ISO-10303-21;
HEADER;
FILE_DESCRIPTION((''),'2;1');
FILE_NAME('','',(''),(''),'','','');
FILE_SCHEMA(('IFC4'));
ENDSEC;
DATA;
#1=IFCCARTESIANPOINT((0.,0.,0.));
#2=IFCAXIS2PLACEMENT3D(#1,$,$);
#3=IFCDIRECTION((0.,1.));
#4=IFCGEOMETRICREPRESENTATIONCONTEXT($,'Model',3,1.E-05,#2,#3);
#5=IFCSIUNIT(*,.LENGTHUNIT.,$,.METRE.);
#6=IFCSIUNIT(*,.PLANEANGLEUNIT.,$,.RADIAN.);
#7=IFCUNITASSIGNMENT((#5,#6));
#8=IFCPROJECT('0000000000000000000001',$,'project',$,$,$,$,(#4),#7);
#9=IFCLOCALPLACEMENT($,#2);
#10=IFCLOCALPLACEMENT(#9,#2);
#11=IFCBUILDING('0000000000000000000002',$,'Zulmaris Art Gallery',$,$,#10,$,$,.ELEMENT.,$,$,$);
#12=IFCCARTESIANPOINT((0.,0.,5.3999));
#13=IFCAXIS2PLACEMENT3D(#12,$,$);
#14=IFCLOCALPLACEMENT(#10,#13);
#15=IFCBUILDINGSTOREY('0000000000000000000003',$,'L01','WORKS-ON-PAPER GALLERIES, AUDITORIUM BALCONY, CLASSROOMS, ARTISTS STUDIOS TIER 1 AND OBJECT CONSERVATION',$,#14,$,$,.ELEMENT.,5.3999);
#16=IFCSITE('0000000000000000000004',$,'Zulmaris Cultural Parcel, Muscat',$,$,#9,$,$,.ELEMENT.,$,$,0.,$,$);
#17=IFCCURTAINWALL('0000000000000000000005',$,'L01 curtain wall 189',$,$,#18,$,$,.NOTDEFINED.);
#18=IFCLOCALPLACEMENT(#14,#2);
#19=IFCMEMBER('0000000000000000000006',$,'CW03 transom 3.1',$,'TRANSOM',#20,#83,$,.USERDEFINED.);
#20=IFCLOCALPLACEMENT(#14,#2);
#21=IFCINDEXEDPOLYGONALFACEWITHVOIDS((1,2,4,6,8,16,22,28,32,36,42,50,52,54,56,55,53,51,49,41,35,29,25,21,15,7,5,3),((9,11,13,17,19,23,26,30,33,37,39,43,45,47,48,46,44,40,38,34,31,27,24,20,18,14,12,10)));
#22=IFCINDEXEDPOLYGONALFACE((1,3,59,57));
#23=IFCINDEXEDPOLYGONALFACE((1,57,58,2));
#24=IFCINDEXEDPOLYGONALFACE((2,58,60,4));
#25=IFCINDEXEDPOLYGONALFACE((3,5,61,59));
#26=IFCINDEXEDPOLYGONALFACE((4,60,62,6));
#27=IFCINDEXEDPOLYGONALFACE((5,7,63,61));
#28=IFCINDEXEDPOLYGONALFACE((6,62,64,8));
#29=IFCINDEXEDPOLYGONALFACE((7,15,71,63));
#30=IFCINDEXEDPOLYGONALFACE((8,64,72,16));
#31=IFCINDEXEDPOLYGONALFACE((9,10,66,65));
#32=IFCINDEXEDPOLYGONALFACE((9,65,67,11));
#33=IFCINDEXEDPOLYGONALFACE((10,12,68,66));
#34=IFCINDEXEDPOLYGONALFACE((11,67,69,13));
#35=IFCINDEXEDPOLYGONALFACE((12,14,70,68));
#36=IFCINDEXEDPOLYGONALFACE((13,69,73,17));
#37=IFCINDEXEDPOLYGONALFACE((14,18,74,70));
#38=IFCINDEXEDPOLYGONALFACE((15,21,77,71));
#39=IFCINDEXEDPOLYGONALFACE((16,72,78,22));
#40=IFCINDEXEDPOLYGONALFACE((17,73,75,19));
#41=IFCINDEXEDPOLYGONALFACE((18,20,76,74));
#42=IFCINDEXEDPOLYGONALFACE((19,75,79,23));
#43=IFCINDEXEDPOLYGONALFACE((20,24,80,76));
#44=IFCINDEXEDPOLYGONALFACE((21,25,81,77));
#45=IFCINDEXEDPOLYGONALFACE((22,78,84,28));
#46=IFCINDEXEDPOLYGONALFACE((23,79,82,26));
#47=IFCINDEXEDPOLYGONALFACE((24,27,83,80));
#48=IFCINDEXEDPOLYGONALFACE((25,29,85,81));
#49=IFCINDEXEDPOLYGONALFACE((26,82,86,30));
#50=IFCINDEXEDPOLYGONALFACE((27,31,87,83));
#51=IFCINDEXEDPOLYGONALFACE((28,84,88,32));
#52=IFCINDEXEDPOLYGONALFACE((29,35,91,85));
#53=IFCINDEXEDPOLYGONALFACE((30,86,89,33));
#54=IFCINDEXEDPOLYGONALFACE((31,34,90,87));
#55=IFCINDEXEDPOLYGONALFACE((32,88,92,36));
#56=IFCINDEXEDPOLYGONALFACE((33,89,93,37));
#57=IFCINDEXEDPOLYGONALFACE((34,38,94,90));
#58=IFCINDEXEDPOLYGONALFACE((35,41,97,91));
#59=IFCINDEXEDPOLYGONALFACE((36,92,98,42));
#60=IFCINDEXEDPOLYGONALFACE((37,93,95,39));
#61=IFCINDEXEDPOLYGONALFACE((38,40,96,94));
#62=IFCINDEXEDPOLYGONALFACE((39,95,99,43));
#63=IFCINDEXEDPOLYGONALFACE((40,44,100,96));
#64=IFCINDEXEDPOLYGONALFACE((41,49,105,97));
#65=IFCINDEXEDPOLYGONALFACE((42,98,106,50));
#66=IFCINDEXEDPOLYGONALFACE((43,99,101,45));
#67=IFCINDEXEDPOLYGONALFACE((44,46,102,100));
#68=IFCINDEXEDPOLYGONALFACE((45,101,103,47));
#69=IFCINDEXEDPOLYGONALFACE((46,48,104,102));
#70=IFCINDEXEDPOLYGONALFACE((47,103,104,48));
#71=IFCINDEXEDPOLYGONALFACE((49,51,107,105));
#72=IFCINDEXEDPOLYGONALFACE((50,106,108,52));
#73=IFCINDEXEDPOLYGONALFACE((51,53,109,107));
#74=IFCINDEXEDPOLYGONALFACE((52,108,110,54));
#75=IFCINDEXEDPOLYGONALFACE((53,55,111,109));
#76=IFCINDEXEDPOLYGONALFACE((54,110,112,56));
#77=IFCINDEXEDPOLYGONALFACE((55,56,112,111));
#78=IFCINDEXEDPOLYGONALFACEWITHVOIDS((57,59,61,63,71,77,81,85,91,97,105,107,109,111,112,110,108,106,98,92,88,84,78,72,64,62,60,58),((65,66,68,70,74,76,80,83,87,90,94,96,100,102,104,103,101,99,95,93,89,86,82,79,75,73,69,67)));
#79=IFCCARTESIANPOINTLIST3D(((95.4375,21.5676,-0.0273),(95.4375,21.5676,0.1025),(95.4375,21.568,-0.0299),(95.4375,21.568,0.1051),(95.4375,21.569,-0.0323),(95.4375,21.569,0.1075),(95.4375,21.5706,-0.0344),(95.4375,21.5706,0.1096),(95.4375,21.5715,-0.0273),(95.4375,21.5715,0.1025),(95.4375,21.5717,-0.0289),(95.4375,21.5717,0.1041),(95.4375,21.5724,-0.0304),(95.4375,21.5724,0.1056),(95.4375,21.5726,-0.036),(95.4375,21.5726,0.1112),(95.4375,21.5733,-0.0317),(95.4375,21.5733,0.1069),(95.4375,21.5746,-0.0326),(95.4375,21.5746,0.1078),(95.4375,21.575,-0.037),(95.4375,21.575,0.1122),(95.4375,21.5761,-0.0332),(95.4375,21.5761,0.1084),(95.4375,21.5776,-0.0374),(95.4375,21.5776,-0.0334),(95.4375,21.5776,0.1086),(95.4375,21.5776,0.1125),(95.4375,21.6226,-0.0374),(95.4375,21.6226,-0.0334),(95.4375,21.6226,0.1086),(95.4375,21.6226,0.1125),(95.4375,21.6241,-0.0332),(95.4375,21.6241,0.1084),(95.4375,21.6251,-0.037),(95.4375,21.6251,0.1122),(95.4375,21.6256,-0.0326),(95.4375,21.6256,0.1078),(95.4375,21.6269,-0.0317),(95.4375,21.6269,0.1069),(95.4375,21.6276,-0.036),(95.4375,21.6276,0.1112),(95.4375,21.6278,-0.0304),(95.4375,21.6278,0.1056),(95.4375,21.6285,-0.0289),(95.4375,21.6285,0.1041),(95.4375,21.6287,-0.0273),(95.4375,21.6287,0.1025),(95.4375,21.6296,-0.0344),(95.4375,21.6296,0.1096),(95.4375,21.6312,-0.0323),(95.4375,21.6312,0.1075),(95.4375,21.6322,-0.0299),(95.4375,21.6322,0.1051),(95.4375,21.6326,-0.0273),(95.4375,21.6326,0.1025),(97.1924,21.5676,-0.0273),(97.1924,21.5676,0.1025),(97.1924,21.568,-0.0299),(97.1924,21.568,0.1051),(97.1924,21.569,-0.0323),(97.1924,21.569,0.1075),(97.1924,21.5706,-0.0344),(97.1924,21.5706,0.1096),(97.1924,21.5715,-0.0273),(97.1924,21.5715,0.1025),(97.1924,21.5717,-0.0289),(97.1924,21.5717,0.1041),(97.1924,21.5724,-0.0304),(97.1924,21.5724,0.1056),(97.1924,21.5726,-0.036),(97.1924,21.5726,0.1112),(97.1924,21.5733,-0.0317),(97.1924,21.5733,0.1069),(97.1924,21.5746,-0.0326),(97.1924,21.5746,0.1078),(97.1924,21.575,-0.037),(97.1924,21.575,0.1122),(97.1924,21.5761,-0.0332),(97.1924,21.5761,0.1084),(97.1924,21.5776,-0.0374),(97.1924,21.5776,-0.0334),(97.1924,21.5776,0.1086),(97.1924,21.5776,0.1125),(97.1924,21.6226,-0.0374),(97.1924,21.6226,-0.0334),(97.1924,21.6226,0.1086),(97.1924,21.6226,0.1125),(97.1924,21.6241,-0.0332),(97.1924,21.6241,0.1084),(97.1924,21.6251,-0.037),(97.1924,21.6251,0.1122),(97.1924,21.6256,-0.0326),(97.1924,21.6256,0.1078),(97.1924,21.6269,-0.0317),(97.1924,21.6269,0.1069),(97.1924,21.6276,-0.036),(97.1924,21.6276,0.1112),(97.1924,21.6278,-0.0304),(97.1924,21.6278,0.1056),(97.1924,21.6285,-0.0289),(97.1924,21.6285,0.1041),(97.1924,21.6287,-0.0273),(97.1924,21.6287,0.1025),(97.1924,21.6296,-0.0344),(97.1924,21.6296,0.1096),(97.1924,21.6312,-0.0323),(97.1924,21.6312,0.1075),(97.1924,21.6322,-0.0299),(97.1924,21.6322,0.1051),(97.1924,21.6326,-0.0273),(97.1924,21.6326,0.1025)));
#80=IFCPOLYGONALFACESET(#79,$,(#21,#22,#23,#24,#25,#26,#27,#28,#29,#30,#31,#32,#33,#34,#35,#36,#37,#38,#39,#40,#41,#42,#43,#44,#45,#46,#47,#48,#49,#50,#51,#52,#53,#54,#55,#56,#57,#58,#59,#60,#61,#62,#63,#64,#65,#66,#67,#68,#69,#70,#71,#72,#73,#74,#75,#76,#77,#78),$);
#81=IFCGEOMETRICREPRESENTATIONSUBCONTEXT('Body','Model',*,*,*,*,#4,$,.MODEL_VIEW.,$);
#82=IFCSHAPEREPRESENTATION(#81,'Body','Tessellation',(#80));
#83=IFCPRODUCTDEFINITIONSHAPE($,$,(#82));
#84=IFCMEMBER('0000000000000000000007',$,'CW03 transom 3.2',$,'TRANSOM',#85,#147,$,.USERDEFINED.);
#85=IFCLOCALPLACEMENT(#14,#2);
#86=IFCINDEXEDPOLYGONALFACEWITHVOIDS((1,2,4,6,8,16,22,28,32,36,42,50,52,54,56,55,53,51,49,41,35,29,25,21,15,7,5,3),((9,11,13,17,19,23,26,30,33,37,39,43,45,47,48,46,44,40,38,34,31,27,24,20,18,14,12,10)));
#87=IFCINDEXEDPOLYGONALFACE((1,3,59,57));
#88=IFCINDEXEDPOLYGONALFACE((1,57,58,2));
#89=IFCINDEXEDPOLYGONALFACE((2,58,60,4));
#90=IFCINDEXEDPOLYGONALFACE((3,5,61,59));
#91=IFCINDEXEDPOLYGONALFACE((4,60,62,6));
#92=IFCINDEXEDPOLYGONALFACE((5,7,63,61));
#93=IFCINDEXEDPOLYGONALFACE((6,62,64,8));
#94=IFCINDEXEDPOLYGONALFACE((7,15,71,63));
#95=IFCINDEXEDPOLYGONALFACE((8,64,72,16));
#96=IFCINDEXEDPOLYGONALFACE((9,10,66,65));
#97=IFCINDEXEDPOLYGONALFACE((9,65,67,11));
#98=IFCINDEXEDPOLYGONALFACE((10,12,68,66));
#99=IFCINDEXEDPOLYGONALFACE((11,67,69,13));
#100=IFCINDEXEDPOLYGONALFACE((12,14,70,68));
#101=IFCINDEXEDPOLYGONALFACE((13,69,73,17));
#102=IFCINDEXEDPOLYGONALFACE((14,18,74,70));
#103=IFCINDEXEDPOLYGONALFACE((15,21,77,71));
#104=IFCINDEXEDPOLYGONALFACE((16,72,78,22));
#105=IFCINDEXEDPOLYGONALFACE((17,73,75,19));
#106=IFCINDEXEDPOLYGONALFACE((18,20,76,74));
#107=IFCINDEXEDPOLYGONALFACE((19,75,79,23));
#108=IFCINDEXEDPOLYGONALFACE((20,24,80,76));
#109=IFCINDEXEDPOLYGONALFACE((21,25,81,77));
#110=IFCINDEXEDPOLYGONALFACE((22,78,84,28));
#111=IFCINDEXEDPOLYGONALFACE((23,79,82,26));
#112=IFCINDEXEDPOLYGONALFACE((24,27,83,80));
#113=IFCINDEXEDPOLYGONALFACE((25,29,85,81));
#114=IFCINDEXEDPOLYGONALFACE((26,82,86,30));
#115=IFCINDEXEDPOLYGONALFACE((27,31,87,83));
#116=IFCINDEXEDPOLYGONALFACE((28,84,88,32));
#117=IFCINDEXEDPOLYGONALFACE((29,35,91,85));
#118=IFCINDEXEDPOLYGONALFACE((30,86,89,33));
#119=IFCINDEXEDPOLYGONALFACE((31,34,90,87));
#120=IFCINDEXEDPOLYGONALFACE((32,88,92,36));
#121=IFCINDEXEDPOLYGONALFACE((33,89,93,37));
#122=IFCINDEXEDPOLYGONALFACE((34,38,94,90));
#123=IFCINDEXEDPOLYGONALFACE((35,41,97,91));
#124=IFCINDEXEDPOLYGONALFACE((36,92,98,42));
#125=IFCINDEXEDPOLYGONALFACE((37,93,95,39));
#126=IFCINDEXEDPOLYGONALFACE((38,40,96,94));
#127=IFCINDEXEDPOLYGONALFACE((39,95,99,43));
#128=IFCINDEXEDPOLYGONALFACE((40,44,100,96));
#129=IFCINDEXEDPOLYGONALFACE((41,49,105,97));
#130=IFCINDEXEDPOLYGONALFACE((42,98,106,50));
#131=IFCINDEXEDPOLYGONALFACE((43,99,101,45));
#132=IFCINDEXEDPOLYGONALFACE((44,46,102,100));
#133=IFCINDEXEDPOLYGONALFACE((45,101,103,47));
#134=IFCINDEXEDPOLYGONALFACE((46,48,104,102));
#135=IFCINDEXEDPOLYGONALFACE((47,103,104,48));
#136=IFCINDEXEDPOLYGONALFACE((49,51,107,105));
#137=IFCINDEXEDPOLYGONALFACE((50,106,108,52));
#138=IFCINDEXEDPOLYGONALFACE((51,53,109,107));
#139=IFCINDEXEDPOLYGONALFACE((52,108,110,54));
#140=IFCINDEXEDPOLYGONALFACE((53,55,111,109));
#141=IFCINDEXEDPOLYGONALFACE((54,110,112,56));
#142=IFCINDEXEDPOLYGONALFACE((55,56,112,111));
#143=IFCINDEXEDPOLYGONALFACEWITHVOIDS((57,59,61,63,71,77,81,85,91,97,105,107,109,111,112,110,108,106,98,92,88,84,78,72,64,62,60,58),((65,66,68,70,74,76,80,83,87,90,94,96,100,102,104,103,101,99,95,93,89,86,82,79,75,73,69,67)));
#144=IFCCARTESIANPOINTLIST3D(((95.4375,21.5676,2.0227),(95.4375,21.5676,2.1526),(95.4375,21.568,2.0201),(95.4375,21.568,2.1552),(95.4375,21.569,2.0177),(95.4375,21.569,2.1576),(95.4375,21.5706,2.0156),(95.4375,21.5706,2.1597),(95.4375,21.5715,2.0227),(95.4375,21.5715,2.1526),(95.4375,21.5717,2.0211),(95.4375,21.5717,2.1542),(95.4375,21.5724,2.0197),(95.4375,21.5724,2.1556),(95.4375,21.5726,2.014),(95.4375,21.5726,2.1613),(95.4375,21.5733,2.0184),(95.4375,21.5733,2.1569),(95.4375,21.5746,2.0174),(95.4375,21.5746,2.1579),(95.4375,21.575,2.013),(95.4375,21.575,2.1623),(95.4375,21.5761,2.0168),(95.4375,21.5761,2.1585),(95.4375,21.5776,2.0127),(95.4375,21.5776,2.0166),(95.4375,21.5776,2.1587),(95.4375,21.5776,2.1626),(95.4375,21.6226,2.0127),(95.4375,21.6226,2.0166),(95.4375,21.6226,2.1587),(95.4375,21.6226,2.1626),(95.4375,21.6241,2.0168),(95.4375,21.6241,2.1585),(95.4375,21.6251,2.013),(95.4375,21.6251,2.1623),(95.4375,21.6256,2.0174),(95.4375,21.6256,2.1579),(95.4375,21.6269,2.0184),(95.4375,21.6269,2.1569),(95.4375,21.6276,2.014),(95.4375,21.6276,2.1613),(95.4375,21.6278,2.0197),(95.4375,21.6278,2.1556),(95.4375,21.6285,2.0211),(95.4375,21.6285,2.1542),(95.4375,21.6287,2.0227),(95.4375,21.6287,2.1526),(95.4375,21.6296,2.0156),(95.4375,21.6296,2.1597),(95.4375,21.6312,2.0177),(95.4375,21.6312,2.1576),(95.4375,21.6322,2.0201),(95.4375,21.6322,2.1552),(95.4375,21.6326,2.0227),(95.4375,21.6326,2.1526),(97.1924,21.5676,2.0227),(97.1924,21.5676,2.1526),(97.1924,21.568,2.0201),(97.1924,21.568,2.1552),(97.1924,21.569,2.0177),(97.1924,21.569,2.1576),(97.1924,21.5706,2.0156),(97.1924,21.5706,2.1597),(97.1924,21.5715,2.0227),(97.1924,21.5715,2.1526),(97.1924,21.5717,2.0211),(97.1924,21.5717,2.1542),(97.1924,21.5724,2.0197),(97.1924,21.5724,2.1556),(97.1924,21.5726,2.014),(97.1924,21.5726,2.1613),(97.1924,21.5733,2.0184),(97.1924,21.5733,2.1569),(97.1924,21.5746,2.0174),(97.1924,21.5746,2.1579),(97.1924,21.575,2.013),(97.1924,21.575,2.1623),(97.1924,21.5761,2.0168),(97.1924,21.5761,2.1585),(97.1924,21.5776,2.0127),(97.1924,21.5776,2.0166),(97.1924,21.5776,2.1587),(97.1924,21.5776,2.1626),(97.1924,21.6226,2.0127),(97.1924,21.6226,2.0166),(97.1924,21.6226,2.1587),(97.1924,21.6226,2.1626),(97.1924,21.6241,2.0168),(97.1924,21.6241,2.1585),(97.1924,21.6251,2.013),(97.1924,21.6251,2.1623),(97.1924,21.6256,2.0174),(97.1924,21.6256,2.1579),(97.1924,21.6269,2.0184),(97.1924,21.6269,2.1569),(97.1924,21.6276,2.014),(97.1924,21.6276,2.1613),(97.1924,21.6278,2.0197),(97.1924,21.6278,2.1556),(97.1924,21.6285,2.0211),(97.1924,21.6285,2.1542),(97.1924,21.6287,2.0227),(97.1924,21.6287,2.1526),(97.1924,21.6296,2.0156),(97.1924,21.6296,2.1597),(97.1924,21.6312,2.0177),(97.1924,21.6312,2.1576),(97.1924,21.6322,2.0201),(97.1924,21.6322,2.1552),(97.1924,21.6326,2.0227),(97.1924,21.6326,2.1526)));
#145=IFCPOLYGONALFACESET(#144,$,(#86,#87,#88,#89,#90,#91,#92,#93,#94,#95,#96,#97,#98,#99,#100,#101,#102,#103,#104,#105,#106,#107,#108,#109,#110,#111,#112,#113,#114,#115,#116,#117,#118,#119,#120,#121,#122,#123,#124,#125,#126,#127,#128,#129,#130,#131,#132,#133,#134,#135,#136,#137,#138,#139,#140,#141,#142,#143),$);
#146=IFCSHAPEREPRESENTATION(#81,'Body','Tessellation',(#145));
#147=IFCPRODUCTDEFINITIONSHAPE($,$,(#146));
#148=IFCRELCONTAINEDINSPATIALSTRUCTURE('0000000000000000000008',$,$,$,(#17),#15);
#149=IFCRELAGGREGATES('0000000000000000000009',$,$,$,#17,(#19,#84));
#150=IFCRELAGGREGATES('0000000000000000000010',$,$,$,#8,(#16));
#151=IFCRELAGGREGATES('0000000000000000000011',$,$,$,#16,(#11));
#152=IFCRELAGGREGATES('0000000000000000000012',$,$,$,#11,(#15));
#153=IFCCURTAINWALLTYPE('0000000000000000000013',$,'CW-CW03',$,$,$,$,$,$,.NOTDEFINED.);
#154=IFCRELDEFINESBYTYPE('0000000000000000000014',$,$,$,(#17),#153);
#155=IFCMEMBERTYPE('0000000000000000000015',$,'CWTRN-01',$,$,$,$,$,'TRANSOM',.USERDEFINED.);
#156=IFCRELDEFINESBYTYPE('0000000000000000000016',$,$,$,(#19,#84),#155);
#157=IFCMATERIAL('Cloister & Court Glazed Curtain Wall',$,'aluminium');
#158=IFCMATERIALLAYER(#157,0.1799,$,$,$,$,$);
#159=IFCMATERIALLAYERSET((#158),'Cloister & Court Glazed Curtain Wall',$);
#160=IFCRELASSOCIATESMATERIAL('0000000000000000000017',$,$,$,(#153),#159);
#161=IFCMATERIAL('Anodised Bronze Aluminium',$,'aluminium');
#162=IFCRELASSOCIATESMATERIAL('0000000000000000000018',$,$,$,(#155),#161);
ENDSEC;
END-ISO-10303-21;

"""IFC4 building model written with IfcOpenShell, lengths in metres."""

from ifc_helpers import new_model, si_unit, direction, frame, origin, origin_2d, place, context, subcontext, project, spatial, hollow_rectangle, extrude, material, layer, layer_set, material_profile, profile_set, type_object, element, aggregate, save


model = new_model("IFC4")

# Units and contexts
model_context = context("Model", 3, precision=1e-05, world=origin(), true_north=direction((0.0, 1.0)))
body_context = subcontext(model_context, "Body", "Model", "MODEL_VIEW")
ifc_project = project(units=[si_unit("LENGTHUNIT", "METRE"), si_unit("PLANEANGLEUNIT", "RADIAN")], contexts=[model_context])

# Site, building, storey
site_placement = place(None, origin())
site = spatial("IfcSite", under=ifc_project, at=site_placement, Name="Zulmaris Cultural Parcel, Muscat", CompositionType="ELEMENT", RefElevation=0.0)
building_placement = place(site_placement, origin())
building = spatial("IfcBuilding", under=site, at=building_placement, Name="Zulmaris Art Gallery", CompositionType="ELEMENT")
storey_placement = place(building_placement, frame((0.0, 0.0, 5.3999)))
storey = spatial("IfcBuildingStorey", under=building, at=storey_placement, Name="L01", Description="WORKS-ON-PAPER GALLERIES, AUDITORIUM BALCONY, CLASSROOMS, ARTISTS STUDIOS TIER 1 AND OBJECT CONSERVATION", CompositionType="ELEMENT", Elevation=5.3999)

# Curtain wall, members
ifc_material_1 = material(Name="Cloister & Court Glazed Curtain Wall", Category="aluminium")
ifc_layer_1 = layer(ifc_material_1, 0.1799)
ifc_layer_set_1 = layer_set([ifc_layer_1], Name="Cloister & Court Glazed Curtain Wall")
curtain_wall_type = type_object("IfcCurtainWallType", Name="CW-CW03", PredefinedType="NOTDEFINED", material=ifc_layer_set_1)
curtain_wall_placement = place(storey_placement, origin())
curtain_wall = element("IfcCurtainWall", 1, at=curtain_wall_placement, inside=storey, type_object=curtain_wall_type, Name="L01 curtain wall 189", PredefinedType="NOTDEFINED")
ifc_material_2 = material(Name="Anodised Bronze Aluminium", Category="aluminium")
ifc_material_profile_1 = material_profile(ifc_material_2, hollow_rectangle(XDim=0.0649, YDim=0.1499, WallThickness=0.0039, InnerFilletRadius=0.0061, OuterFilletRadius=0.01, at=origin_2d()), Name="ALU 65x150x4")
ifc_profile_set_1 = profile_set([ifc_material_profile_1], Name="Anodised Bronze Aluminium")
member_type_1 = type_object("IfcMemberType", Name="CWTRN-01", ElementType="TRANSOM", PredefinedType="USERDEFINED", material=ifc_profile_set_1)
member_1_placement = place(storey_placement, frame((95.4375, 21.6001, 0.0376), z_axis=(1.0, 0.0, 0.0), x_axis=(0.0, 1.0, 0.0)))
member_1 = element("IfcMember", 2, at=member_1_placement, type_object=member_type_1, Name="CW03 transom 3.1", ObjectType="TRANSOM", PredefinedType="USERDEFINED", context=body_context, shape_type="SweptSolid", body=[
    extrude(hollow_rectangle(XDim=0.0649, YDim=0.1499, WallThickness=0.0039, InnerFilletRadius=0.0061, OuterFilletRadius=0.01, at=origin_2d()), origin(), (0.0, 0.0, 1.0), 1.7549),
])
member_2_placement = place(storey_placement, frame((95.4375, 21.6001, 2.0876), z_axis=(1.0, 0.0, 0.0), x_axis=(0.0, 1.0, 0.0)))
member_2 = element("IfcMember", 3, at=member_2_placement, type_object=member_type_1, Name="CW03 transom 3.2", ObjectType="TRANSOM", PredefinedType="USERDEFINED", context=body_context, shape_type="SweptSolid", body=[
    extrude(hollow_rectangle(XDim=0.0649, YDim=0.1499, WallThickness=0.0039, InnerFilletRadius=0.0061, OuterFilletRadius=0.01, at=origin_2d()), origin(), (0.0, 0.0, 1.0), 1.7549),
])
aggregate(curtain_wall, [member_1, member_2])

save(model, "model.ifc")
